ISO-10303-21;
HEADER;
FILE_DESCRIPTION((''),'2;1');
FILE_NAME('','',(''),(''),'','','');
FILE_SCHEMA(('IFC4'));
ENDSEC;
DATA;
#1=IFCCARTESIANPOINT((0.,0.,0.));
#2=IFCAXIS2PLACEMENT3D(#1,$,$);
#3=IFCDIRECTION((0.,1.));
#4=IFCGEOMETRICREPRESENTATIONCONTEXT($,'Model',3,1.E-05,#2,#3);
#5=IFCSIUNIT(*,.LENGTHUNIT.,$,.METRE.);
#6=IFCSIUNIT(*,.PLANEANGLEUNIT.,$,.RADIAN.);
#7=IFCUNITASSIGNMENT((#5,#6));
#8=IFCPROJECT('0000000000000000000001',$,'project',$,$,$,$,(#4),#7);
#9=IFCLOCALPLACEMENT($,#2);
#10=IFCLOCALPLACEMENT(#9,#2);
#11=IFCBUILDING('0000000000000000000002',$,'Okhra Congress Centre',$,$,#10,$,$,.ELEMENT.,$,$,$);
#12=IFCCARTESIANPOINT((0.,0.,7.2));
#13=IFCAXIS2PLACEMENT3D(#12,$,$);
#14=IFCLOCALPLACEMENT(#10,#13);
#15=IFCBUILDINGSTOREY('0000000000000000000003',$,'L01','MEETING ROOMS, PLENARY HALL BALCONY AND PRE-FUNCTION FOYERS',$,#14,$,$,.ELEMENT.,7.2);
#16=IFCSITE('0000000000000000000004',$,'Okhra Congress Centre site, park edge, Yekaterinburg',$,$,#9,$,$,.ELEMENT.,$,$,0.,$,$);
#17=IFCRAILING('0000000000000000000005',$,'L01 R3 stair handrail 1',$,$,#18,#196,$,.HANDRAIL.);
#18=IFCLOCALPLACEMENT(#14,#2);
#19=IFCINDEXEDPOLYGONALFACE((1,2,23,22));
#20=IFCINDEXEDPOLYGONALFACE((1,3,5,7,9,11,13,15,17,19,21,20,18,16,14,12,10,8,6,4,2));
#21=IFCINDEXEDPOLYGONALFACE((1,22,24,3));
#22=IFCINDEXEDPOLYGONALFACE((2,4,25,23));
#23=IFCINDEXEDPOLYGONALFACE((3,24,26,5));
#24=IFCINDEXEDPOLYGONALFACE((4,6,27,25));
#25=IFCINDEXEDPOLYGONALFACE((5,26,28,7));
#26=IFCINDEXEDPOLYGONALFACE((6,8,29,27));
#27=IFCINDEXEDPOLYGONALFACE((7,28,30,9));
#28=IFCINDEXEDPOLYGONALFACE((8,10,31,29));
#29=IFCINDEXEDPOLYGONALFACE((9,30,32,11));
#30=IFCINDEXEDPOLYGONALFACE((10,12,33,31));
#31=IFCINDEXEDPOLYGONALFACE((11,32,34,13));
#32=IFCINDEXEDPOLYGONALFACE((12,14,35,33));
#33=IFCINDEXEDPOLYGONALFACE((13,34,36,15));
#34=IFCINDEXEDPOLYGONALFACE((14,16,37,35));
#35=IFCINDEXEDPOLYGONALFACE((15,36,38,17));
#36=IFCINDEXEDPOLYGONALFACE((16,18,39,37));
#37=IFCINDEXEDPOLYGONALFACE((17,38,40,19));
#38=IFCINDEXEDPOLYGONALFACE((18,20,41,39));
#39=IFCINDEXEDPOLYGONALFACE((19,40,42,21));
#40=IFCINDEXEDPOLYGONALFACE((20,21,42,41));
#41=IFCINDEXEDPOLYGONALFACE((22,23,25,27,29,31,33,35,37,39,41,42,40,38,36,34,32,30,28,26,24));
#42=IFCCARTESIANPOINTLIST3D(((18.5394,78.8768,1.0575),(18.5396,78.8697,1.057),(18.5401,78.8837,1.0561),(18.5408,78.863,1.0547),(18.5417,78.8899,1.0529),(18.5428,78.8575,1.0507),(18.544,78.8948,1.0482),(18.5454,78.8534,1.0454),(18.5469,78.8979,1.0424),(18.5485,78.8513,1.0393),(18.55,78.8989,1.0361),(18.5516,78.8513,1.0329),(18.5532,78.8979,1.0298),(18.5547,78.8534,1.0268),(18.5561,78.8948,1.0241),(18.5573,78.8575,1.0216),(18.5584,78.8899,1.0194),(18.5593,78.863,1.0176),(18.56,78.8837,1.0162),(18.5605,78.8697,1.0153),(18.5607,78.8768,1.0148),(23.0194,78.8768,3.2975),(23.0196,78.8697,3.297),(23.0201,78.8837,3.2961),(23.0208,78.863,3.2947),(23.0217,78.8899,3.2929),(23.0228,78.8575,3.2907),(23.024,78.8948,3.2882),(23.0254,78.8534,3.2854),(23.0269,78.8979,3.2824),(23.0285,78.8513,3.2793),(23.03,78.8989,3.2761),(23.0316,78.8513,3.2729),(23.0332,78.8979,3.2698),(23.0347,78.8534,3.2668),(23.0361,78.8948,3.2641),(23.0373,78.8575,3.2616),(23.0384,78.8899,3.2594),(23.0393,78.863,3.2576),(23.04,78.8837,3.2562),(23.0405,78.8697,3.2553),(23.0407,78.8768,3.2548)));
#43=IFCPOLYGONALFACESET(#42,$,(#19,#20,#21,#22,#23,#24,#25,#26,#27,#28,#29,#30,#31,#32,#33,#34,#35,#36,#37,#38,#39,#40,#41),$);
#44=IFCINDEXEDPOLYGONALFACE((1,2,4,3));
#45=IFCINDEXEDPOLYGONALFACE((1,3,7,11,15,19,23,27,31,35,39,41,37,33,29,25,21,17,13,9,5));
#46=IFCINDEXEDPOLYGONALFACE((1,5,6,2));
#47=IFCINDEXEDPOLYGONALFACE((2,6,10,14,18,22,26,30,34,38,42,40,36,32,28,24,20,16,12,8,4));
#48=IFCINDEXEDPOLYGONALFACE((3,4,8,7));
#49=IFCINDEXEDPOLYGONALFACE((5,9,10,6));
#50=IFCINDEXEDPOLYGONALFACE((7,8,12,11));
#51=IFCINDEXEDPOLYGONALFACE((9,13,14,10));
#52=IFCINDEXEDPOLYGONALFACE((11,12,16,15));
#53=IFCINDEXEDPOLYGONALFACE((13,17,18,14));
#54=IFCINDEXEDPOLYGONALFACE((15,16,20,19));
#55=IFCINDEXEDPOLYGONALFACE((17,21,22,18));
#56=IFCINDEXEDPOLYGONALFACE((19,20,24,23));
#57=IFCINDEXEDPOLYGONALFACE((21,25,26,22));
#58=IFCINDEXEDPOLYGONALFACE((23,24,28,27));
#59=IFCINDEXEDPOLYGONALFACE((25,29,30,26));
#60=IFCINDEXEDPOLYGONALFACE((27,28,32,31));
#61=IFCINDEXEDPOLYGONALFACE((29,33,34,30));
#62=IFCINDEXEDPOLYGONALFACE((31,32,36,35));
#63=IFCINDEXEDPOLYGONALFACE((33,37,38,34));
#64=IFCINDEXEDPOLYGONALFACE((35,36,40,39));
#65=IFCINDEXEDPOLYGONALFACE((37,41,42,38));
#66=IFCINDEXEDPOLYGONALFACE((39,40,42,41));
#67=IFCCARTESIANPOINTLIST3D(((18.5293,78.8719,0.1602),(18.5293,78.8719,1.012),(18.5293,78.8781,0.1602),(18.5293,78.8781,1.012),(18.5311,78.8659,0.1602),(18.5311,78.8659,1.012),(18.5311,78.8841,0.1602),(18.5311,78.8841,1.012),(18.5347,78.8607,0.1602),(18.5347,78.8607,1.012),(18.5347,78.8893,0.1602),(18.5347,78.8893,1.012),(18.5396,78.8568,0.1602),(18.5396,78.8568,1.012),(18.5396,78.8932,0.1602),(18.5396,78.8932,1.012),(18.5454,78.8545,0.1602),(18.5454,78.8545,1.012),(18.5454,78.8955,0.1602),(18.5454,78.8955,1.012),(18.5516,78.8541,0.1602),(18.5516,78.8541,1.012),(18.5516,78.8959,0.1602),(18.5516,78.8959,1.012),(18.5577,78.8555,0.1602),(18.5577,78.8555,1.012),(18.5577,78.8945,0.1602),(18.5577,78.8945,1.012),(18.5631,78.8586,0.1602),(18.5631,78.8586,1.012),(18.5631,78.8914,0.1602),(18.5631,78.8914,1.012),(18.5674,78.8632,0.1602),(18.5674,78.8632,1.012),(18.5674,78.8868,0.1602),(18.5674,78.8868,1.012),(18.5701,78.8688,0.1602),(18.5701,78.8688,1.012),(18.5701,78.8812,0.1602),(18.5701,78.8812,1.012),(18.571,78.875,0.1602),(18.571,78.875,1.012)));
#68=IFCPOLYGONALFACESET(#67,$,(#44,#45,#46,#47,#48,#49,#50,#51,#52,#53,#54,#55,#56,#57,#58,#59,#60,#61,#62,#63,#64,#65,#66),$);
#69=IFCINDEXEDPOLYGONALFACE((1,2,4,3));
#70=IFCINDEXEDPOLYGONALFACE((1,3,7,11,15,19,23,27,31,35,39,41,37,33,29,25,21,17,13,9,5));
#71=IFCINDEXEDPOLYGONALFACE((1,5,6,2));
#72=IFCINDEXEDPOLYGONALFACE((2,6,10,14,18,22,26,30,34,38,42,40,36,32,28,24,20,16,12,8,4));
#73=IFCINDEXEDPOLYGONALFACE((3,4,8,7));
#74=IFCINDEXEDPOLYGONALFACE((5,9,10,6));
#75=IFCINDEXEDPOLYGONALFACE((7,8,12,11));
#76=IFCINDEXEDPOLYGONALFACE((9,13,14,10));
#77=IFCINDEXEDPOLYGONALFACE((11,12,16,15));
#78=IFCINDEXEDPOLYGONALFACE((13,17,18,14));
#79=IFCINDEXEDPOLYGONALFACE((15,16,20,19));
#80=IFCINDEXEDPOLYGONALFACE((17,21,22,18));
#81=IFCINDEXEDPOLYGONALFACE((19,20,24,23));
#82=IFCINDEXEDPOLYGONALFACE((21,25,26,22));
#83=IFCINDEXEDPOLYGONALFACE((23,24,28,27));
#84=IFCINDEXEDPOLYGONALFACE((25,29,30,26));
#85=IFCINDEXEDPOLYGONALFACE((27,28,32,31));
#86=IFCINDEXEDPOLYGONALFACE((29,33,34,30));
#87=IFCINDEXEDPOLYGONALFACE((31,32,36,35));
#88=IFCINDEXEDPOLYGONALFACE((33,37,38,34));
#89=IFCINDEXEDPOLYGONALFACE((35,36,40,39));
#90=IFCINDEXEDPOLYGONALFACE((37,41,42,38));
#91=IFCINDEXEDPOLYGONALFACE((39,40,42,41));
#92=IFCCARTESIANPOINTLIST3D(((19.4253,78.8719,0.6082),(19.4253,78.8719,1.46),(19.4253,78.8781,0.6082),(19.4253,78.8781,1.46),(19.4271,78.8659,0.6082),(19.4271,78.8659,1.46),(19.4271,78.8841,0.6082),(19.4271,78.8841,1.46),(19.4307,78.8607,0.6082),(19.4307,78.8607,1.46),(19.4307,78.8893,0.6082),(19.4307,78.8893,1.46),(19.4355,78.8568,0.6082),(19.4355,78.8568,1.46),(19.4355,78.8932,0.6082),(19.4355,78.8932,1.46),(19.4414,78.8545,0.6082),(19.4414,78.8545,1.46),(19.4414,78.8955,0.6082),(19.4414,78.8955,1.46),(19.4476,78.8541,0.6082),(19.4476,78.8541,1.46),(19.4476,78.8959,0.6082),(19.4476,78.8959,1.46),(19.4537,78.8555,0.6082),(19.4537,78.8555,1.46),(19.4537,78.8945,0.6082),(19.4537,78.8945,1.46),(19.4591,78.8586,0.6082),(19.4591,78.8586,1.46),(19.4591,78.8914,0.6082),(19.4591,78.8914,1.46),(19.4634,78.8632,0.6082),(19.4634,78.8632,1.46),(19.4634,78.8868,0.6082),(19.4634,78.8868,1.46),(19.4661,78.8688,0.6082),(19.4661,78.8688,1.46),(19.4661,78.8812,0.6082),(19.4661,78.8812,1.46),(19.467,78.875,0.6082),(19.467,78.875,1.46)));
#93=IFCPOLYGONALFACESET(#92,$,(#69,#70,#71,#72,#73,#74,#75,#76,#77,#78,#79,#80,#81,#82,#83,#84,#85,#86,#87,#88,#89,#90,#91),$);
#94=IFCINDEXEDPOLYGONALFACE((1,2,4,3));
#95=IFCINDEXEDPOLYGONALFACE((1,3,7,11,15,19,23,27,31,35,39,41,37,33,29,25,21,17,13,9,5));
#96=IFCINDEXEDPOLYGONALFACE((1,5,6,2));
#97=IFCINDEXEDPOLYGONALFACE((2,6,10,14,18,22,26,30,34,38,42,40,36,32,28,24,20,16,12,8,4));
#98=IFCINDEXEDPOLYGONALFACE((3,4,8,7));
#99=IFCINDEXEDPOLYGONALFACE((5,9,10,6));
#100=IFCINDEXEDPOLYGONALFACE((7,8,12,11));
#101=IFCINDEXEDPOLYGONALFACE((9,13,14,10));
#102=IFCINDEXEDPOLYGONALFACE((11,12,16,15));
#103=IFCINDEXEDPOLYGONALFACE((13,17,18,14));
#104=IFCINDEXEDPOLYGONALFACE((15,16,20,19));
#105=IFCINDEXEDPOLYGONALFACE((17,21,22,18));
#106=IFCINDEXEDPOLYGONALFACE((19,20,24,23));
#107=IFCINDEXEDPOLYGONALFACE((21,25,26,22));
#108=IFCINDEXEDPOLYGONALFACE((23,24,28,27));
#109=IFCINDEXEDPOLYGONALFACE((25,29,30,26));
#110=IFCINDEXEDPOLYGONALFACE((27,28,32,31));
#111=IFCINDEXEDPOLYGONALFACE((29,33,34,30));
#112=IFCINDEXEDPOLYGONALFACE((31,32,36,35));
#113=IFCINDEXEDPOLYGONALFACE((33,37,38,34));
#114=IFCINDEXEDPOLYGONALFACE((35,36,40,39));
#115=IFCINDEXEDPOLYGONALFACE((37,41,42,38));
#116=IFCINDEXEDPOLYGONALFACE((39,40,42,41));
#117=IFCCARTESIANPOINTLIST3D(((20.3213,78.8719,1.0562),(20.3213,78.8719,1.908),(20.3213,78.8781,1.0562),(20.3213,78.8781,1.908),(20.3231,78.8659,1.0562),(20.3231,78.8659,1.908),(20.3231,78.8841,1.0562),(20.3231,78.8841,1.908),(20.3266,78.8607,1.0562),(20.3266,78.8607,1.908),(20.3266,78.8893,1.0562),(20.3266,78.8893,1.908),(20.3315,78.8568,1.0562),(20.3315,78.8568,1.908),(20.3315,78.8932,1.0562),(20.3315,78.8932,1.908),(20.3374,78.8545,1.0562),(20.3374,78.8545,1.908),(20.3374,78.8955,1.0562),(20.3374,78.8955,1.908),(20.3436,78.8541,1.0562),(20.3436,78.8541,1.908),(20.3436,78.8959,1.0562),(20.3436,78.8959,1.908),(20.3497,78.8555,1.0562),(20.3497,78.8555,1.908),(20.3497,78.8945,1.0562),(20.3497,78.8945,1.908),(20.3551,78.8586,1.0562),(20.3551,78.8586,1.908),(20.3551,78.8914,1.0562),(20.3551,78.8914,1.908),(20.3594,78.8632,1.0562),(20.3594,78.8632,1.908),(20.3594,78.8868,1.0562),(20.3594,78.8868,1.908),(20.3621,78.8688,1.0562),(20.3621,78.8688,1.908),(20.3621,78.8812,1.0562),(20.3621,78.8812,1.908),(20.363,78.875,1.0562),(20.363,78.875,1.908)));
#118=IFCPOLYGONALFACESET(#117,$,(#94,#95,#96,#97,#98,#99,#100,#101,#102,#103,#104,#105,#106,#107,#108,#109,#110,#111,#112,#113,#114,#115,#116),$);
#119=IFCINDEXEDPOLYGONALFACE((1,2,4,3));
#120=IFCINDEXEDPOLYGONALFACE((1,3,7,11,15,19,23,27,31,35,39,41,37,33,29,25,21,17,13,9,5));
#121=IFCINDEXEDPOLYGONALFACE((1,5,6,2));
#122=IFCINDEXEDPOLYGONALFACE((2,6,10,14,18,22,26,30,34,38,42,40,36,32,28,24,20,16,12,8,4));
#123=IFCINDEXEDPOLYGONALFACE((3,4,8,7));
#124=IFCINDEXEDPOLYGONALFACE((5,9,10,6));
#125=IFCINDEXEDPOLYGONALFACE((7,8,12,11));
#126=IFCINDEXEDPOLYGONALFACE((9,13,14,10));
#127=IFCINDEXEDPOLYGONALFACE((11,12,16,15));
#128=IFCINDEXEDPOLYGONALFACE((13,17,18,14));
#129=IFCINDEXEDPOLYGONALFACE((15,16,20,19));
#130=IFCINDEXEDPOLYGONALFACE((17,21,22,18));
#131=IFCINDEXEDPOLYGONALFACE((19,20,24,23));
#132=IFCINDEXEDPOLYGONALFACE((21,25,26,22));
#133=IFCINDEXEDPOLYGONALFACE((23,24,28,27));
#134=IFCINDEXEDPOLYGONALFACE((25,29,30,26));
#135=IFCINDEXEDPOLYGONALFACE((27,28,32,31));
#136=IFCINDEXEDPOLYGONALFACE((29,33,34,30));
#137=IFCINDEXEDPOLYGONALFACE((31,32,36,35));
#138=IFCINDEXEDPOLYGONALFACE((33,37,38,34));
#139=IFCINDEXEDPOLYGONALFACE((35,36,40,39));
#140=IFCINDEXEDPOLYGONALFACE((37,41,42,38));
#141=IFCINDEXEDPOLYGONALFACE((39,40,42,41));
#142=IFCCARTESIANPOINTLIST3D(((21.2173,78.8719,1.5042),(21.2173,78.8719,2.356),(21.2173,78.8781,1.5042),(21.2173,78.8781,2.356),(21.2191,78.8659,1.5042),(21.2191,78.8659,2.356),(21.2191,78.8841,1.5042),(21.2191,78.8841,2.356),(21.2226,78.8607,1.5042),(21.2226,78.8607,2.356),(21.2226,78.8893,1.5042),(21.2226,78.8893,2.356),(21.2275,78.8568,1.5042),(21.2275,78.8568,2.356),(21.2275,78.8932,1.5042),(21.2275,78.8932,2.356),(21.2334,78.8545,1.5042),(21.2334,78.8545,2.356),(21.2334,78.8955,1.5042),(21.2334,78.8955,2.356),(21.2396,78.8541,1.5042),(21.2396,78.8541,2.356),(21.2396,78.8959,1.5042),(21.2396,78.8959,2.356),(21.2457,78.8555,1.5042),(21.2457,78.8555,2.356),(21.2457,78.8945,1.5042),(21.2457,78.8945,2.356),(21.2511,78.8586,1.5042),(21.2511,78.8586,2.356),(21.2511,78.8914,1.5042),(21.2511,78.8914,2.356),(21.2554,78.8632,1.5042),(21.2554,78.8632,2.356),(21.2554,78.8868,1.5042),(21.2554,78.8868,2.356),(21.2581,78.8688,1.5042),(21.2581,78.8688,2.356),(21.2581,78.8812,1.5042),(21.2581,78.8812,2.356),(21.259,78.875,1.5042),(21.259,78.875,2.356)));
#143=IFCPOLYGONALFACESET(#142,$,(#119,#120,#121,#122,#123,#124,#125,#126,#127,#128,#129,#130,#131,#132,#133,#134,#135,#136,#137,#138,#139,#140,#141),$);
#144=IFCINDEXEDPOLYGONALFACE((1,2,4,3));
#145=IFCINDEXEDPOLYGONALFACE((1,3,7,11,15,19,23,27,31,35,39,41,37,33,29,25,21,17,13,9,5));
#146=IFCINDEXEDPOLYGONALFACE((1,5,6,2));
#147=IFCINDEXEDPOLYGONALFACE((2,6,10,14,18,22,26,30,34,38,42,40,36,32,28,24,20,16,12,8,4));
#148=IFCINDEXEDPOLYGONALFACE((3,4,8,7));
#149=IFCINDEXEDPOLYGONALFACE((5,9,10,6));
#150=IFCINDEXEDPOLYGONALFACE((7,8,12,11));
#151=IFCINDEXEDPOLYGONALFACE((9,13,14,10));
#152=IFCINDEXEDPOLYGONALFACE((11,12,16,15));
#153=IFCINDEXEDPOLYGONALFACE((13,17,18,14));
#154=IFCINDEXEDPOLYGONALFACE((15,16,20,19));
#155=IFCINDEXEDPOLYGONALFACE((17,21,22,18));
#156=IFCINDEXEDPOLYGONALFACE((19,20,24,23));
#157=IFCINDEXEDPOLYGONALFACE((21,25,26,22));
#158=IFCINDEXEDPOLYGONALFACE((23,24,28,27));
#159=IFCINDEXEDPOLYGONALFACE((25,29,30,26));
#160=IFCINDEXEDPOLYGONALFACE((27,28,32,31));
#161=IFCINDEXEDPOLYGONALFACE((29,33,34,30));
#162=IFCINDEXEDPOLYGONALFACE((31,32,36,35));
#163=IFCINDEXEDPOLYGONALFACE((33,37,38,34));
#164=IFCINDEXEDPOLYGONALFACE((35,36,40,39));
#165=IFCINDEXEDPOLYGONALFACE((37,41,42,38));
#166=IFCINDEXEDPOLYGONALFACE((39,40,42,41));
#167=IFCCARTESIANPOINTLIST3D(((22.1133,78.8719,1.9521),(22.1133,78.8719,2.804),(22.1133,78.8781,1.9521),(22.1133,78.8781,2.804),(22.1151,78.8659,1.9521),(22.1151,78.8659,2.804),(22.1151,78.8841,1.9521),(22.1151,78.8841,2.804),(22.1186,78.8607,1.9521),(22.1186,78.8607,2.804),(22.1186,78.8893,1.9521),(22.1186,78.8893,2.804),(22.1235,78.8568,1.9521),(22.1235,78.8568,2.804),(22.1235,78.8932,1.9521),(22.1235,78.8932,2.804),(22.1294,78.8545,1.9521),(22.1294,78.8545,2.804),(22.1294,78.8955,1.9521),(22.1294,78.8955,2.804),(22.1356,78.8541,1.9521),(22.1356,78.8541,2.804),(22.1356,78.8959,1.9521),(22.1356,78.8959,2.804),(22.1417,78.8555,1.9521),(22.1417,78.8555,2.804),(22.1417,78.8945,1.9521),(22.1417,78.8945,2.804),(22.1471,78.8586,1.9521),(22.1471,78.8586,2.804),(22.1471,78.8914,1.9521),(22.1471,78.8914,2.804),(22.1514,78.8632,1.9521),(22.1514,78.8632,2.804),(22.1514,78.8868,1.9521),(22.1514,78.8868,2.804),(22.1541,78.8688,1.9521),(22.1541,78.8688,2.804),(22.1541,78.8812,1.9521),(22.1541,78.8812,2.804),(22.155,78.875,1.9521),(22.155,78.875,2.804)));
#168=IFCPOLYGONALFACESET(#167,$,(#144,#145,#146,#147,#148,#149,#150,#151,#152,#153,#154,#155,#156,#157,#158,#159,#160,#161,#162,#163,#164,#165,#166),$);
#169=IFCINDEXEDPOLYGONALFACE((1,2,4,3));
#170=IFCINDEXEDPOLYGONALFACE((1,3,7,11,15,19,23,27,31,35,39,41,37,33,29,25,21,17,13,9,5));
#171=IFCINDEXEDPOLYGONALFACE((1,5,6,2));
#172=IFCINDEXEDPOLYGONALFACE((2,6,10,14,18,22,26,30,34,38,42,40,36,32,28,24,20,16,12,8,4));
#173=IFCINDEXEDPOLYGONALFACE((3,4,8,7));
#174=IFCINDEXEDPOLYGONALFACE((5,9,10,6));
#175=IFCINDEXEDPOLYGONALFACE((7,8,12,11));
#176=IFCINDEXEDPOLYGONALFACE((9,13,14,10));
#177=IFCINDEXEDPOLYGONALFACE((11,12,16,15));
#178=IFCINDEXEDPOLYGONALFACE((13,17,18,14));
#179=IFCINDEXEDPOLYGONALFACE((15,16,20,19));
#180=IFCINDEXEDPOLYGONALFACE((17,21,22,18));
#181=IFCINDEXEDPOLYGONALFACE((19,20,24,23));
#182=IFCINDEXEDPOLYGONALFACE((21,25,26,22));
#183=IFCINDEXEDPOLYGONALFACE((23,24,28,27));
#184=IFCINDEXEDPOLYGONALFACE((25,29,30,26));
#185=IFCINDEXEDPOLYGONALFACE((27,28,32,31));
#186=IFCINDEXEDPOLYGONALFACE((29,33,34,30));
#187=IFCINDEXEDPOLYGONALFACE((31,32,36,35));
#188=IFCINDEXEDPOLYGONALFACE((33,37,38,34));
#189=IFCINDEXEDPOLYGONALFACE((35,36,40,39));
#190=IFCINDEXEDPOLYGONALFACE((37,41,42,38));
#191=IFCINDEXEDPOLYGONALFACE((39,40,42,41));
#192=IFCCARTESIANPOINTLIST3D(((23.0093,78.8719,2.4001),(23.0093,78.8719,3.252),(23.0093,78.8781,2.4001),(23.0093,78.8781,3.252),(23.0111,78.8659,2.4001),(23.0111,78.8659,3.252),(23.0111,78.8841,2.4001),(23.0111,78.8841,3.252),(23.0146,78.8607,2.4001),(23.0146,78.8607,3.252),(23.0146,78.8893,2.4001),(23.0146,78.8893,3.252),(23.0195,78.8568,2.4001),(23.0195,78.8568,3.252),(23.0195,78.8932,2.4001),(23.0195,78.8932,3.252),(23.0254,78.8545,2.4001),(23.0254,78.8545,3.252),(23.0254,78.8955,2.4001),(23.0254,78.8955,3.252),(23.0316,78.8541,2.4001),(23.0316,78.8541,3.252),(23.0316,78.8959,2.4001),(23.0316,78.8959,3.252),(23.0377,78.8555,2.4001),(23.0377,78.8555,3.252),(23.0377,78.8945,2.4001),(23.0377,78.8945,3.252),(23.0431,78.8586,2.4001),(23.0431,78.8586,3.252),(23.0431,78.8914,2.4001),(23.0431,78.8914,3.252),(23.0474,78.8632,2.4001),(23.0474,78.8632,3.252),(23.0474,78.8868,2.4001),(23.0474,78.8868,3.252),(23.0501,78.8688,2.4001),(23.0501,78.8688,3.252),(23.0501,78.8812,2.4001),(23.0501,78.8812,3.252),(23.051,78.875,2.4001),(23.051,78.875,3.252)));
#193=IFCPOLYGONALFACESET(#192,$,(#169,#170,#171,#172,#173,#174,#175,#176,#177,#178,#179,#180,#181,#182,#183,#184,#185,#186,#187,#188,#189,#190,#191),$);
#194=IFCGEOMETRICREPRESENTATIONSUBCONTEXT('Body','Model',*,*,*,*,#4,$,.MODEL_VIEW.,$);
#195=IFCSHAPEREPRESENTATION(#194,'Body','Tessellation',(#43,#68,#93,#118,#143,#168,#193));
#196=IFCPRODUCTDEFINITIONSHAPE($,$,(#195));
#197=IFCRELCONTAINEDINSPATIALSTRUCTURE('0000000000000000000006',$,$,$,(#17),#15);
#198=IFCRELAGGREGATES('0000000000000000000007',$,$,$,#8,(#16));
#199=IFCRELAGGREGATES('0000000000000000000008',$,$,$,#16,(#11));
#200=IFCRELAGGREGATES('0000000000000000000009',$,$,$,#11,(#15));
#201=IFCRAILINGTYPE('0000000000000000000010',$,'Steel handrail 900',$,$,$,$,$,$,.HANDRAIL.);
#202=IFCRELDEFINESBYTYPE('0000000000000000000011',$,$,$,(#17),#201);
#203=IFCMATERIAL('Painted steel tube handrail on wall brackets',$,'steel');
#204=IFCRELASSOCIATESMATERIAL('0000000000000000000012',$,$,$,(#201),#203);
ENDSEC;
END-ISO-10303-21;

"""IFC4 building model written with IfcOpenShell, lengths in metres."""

from ifc_helpers import new_model, si_unit, direction, frame, origin, origin_2d, place, context, subcontext, project, spatial, circle, extrude, material, type_object, element, save


model = new_model("IFC4")

# Units and contexts
model_context = context("Model", 3, precision=1e-05, world=origin(), true_north=direction((0.0, 1.0)))
body_context = subcontext(model_context, "Body", "Model", "MODEL_VIEW")
ifc_project = project(units=[si_unit("LENGTHUNIT", "METRE"), si_unit("PLANEANGLEUNIT", "RADIAN")], contexts=[model_context])

# Site, building, storey
site_placement = place(None, origin())
site = spatial("IfcSite", under=ifc_project, at=site_placement, Name="Okhra Congress Centre site, park edge, Yekaterinburg", CompositionType="ELEMENT", RefElevation=0.0)
building_placement = place(site_placement, origin())
building = spatial("IfcBuilding", under=site, at=building_placement, Name="Okhra Congress Centre", CompositionType="ELEMENT")
storey_placement = place(building_placement, frame((0.0, 0.0, 7.2)))
storey = spatial("IfcBuildingStorey", under=building, at=storey_placement, Name="L01", Description="MEETING ROOMS, PLENARY HALL BALCONY AND PRE-FUNCTION FOYERS", CompositionType="ELEMENT", Elevation=7.2)

# Railing
ifc_material_1 = material(Name="Painted steel tube handrail on wall brackets", Category="steel")
railing_type = type_object("IfcRailingType", Name="Steel handrail 900", PredefinedType="HANDRAIL", material=ifc_material_1)
railing_placement = place(storey_placement, frame((18.55, 78.875, 0.1602)))
element("IfcRailing", 1, at=railing_placement, inside=storey, type_object=railing_type, Name="L01 R3 stair handrail 1", PredefinedType="HANDRAIL", context=body_context, shape_type="SweptSolid", body=[
    extrude(circle(Radius=0.0239, at=origin_2d()), frame((0.0, 0.0, 0.876), z_axis=(0.894427, 0.0, 0.447214), x_axis=(0.0, 1.0, 0.0)), (0.0, 0.0, 1.0), 5.0088),
    extrude(circle(Radius=0.021, at=origin_2d()), origin(), (0.0, 0.0, 1.0), 0.8518),
    extrude(circle(Radius=0.021, at=origin_2d()), frame((0.896, 0.0, 0.448)), (0.0, 0.0, 1.0), 0.8518),
    extrude(circle(Radius=0.021, at=origin_2d()), frame((1.792, 0.0, 0.896)), (0.0, 0.0, 1.0), 0.8518),
    extrude(circle(Radius=0.021, at=origin_2d()), frame((2.688, 0.0, 1.344)), (0.0, 0.0, 1.0), 0.8518),
    extrude(circle(Radius=0.021, at=origin_2d()), frame((3.584, 0.0, 1.792)), (0.0, 0.0, 1.0), 0.8518),
    extrude(circle(Radius=0.021, at=origin_2d()), frame((4.48, 0.0, 2.24)), (0.0, 0.0, 1.0), 0.8518),
])

save(model, "model.ifc")
